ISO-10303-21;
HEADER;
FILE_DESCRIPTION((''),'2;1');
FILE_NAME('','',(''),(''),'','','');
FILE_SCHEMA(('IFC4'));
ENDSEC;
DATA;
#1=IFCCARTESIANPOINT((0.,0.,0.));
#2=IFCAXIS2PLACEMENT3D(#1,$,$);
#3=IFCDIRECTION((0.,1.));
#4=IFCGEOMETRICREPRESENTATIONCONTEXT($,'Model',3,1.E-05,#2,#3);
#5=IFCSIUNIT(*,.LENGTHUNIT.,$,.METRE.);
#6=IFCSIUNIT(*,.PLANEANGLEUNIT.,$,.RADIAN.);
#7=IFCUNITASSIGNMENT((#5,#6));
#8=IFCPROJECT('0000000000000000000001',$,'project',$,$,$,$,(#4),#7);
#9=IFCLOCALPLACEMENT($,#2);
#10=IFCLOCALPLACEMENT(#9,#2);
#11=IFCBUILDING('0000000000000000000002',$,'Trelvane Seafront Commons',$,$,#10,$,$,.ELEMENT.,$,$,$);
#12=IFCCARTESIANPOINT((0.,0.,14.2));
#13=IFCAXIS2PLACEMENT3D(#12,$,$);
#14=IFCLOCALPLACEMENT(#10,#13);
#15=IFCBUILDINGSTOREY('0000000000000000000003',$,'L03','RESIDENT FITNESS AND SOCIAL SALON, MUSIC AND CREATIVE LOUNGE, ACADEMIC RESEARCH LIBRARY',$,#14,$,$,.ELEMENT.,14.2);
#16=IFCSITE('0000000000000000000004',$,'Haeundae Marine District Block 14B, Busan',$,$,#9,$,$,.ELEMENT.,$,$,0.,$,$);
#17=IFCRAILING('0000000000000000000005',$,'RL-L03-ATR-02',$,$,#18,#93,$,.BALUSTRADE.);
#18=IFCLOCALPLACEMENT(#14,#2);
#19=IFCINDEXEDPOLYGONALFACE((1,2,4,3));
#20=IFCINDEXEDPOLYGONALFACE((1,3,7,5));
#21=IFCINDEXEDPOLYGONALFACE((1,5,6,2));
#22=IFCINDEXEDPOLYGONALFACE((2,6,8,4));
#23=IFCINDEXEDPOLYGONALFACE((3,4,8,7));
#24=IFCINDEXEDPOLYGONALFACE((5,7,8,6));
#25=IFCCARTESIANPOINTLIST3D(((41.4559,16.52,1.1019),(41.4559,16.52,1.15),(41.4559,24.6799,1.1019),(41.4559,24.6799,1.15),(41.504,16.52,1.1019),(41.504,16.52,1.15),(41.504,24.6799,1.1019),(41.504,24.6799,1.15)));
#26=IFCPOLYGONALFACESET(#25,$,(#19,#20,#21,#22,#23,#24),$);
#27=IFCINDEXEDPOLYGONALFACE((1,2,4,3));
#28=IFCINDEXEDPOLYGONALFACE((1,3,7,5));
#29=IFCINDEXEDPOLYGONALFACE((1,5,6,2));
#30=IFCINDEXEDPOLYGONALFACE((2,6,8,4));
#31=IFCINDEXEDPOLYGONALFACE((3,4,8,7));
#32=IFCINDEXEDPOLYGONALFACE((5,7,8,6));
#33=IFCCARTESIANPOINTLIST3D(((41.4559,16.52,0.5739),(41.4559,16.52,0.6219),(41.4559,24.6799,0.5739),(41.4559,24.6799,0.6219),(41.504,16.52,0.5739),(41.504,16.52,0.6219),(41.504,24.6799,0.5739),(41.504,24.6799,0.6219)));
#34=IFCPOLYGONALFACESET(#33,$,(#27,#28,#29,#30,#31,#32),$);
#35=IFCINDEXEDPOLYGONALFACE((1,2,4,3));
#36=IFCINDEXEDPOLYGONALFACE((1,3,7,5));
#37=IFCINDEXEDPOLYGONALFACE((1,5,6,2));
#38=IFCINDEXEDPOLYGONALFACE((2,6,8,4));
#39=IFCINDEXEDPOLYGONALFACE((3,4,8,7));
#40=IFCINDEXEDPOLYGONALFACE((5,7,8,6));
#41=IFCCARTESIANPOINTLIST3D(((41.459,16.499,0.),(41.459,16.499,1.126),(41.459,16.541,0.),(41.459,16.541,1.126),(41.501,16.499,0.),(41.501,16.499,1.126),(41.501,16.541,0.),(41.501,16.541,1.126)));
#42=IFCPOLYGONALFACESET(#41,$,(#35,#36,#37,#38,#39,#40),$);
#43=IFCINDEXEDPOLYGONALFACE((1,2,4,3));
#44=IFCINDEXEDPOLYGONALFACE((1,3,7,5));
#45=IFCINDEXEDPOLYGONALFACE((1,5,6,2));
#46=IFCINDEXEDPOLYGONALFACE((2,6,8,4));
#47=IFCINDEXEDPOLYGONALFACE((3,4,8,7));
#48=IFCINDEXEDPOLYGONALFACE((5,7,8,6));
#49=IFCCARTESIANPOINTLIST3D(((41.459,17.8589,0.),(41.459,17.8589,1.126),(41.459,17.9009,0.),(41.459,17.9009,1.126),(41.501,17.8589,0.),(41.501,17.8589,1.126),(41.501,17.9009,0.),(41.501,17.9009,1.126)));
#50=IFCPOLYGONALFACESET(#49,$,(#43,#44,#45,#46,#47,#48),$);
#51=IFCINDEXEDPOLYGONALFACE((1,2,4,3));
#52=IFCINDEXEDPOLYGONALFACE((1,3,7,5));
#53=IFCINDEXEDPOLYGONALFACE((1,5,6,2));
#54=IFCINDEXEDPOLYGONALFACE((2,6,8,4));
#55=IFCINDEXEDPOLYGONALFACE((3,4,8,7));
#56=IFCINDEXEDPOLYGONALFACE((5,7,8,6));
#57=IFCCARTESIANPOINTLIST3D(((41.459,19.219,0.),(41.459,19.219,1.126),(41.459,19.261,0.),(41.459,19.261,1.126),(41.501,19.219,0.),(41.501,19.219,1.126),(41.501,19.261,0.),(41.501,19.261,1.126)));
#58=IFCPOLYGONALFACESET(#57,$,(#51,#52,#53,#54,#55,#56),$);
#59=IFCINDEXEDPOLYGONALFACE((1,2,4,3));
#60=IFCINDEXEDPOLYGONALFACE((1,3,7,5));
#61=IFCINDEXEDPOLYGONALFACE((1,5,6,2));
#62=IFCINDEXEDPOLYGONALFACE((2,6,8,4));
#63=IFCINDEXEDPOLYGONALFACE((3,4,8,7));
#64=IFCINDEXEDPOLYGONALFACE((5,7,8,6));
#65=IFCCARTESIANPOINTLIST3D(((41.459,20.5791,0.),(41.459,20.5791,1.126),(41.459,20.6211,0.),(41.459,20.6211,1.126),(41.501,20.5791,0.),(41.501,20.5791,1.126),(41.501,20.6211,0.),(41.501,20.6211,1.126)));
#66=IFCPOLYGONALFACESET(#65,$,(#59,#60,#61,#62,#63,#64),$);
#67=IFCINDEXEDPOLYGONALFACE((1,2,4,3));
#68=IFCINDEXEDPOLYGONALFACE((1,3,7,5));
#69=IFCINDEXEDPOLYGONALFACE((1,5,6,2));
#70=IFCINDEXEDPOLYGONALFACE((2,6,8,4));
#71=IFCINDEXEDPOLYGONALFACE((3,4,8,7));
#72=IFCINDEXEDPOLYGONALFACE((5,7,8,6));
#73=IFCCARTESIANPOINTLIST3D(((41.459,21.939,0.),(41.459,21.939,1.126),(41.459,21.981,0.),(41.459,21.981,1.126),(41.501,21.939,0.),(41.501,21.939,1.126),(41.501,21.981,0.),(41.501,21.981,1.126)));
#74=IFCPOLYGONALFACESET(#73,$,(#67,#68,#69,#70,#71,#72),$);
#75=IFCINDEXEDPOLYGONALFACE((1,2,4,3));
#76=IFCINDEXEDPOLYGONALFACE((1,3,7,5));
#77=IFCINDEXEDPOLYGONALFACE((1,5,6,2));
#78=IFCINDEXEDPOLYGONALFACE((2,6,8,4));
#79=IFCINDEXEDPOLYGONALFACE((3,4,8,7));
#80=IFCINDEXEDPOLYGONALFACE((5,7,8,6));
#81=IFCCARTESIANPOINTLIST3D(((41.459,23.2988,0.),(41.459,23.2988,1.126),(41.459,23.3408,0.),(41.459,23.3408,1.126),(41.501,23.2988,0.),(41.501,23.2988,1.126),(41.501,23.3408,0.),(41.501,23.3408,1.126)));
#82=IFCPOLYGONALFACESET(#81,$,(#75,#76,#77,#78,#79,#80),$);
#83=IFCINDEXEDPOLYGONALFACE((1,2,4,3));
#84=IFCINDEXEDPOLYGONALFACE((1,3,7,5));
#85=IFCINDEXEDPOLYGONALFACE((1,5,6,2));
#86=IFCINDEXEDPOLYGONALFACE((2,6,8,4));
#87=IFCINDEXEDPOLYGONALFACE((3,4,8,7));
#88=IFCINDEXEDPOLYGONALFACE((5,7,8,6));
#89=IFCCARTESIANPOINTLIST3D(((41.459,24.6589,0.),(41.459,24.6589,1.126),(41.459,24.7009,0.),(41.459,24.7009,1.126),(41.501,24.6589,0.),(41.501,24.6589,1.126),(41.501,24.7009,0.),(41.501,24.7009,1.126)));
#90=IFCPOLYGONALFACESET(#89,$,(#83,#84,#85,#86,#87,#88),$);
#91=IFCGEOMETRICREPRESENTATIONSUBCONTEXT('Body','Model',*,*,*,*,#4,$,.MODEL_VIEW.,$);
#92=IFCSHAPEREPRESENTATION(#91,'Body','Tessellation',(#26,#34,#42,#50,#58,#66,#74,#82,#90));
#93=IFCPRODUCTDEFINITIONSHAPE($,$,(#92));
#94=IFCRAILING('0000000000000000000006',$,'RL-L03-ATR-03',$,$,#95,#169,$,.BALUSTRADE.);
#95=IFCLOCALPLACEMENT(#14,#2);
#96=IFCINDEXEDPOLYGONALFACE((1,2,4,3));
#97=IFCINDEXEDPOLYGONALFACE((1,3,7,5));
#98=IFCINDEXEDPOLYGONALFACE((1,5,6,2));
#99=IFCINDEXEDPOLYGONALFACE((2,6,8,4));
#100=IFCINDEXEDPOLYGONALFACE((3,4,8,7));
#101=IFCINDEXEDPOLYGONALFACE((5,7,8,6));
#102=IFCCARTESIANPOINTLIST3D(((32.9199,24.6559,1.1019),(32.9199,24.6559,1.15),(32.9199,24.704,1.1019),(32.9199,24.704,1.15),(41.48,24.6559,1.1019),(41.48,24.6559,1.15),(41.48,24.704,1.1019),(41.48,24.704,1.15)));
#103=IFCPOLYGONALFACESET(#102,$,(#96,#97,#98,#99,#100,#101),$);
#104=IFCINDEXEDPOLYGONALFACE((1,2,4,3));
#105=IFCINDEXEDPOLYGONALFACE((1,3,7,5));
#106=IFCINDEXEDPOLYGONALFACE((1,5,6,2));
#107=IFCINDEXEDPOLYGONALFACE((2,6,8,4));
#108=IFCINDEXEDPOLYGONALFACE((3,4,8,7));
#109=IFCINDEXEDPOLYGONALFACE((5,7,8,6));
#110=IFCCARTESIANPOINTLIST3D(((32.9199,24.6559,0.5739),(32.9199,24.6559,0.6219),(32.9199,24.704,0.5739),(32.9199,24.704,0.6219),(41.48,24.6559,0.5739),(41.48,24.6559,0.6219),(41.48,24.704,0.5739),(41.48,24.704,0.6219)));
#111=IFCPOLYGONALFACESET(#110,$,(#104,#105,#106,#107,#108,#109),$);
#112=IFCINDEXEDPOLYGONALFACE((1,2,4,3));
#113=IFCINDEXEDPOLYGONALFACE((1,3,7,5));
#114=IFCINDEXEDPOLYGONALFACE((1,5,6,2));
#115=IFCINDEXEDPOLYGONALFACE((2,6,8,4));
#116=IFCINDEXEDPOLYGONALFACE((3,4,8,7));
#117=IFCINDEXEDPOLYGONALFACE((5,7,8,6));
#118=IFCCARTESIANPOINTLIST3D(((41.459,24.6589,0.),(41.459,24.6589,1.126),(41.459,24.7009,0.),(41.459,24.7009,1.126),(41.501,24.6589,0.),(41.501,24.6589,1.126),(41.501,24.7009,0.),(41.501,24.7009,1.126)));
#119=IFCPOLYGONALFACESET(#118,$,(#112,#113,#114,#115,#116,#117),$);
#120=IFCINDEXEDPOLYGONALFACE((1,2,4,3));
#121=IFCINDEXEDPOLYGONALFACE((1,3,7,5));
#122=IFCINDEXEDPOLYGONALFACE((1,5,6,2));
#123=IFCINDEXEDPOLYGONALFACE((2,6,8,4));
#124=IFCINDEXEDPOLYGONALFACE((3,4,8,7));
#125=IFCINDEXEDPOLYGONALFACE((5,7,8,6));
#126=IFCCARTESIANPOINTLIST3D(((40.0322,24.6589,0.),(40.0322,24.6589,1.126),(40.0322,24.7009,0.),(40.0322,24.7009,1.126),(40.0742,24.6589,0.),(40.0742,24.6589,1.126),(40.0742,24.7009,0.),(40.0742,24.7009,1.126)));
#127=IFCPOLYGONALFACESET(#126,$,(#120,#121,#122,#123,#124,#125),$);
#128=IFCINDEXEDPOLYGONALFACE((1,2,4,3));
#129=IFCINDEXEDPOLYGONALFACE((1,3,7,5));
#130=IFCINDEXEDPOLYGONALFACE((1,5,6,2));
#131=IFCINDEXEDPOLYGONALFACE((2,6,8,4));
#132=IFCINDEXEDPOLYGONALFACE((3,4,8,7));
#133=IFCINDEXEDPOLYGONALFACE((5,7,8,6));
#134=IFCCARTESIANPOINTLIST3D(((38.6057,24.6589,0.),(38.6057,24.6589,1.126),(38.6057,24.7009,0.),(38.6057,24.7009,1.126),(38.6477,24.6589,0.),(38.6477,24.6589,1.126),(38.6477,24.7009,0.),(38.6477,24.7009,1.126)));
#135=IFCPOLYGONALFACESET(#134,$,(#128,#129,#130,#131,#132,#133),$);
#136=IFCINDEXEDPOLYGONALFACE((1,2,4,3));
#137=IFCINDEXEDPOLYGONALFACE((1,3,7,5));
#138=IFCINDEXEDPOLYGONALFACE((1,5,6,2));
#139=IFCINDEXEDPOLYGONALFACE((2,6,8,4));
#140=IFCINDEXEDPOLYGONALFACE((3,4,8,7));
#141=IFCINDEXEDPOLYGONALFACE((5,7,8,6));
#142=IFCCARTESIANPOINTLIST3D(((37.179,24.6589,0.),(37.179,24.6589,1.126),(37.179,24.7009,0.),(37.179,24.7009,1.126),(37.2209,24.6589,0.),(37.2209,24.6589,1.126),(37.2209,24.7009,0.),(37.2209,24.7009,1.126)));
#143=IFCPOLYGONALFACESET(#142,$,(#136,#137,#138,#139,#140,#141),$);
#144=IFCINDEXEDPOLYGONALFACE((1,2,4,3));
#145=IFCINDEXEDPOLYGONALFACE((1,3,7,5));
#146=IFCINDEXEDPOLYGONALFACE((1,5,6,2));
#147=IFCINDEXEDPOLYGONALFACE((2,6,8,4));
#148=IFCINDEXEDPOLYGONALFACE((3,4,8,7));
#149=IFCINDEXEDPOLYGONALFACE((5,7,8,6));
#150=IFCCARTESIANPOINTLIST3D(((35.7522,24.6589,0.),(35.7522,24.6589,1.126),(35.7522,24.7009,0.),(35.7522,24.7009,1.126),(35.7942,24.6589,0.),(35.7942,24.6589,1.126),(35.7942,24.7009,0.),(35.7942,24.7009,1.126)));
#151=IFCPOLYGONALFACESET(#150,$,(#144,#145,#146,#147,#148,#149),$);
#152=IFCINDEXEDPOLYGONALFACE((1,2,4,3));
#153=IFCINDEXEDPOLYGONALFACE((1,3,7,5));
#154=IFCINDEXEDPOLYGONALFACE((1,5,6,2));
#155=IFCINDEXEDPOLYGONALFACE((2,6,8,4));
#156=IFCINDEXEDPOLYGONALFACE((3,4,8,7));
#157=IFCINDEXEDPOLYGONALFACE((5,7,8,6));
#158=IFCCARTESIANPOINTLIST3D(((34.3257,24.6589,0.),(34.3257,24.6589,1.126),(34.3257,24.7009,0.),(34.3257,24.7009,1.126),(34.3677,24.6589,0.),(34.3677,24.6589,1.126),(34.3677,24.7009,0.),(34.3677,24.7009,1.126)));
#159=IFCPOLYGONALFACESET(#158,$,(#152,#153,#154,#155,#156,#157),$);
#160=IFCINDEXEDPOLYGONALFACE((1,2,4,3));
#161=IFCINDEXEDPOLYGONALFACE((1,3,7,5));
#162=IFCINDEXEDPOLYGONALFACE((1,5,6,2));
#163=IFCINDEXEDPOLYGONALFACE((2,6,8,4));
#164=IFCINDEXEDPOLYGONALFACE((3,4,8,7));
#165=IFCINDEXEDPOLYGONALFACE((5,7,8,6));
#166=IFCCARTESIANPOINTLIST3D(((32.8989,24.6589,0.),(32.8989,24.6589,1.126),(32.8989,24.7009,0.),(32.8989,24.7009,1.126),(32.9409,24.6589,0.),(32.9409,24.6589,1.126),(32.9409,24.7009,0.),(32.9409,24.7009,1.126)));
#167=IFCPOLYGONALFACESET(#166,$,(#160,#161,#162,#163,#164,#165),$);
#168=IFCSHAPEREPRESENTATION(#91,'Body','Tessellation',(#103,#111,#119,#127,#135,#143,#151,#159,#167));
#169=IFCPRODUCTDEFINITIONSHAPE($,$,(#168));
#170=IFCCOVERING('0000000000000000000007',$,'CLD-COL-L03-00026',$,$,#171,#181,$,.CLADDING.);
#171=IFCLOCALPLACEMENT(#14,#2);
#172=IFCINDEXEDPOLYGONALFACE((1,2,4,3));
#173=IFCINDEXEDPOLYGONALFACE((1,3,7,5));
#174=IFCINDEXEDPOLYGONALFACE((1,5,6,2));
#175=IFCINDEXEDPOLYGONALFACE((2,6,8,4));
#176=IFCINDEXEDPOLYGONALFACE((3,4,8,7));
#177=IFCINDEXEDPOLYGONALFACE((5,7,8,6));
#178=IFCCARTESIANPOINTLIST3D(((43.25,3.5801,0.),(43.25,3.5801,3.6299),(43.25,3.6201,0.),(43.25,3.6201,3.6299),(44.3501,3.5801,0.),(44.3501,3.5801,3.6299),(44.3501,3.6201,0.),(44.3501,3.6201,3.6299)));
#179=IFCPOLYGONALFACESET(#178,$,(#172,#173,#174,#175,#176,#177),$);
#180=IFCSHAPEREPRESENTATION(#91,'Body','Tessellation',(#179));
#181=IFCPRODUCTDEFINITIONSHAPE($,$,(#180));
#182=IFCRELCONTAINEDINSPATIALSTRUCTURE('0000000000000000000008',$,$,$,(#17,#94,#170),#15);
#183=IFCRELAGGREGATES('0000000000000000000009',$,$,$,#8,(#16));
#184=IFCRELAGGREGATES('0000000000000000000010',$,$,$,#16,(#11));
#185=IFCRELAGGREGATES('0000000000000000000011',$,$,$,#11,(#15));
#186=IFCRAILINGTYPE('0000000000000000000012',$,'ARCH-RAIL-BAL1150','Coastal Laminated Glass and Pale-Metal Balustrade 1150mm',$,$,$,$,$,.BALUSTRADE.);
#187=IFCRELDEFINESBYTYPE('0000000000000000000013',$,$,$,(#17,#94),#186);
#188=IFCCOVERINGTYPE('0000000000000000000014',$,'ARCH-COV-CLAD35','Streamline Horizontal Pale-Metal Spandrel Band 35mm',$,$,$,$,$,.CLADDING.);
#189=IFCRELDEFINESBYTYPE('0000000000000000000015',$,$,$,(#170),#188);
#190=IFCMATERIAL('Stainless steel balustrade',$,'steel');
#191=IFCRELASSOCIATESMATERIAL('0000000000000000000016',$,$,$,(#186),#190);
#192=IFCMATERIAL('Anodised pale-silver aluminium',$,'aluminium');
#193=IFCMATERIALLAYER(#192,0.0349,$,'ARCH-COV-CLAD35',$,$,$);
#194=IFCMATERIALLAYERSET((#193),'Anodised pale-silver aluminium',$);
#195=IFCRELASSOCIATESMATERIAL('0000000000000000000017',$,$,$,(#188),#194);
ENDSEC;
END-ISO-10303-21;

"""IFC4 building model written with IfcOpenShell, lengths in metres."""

from ifc_helpers import new_model, si_unit, direction, frame, origin, origin_2d, place, context, subcontext, project, spatial, rectangle, extrude, source, transform, mapped, material, layer, layer_set, type_object, element, save


model = new_model("IFC4")

# Units and contexts
model_context = context("Model", 3, precision=1e-05, world=origin(), true_north=direction((0.0, 1.0)))
body_context = subcontext(model_context, "Body", "Model", "MODEL_VIEW")
ifc_project = project(units=[si_unit("LENGTHUNIT", "METRE"), si_unit("PLANEANGLEUNIT", "RADIAN")], contexts=[model_context])

# Site, building, storey
site_placement = place(None, origin())
site = spatial("IfcSite", under=ifc_project, at=site_placement, Name="Haeundae Marine District Block 14B, Busan", CompositionType="ELEMENT", RefElevation=0.0)
building_placement = place(site_placement, origin())
building = spatial("IfcBuilding", under=site, at=building_placement, Name="Trelvane Seafront Commons", CompositionType="ELEMENT")
storey_placement = place(building_placement, frame((0.0, 0.0, 14.2)))
storey = spatial("IfcBuildingStorey", under=building, at=storey_placement, Name="L03", Description="RESIDENT FITNESS AND SOCIAL SALON, MUSIC AND CREATIVE LOUNGE, ACADEMIC RESEARCH LIBRARY", CompositionType="ELEMENT", Elevation=14.2)

# Shared definitions
ifc_material_1 = material(Name="Anodised pale-silver aluminium", Category="aluminium")

# Railings
ifc_material_2 = material(Name="Stainless steel balustrade", Category="steel")
railing_type = type_object("IfcRailingType", Name="ARCH-RAIL-BAL1150", Description="Coastal Laminated Glass and Pale-Metal Balustrade 1150mm", PredefinedType="BALUSTRADE", material=ifc_material_2)
railing_1_placement = place(storey_placement, frame((41.48, 16.52, 0.0)))
element("IfcRailing", 1, at=railing_1_placement, inside=storey, type_object=railing_type, Name="RL-L03-ATR-02", PredefinedType="BALUSTRADE", context=body_context, shape_type="SweptSolid", body=[
    extrude(rectangle(XDim=0.0481, YDim=0.0481, at=origin_2d()), frame((0.0, 0.0, 1.126), z_axis=(0.0, 1.0, 0.0), x_axis=(-1.0, 0.0, 0.0)), (0.0, 0.0, 1.0), 8.1599),
    extrude(rectangle(XDim=0.0481, YDim=0.0481, at=origin_2d()), frame((0.0, 0.0, 0.5979), z_axis=(0.0, 1.0, 0.0), x_axis=(-1.0, 0.0, 0.0)), (0.0, 0.0, 1.0), 8.1599),
    extrude(rectangle(XDim=0.042, YDim=0.042, at=origin_2d()), origin(), (0.0, 0.0, 1.0), 1.126),
    extrude(rectangle(XDim=0.042, YDim=0.042, at=origin_2d()), frame((0.0, 1.3599, 0.0)), (0.0, 0.0, 1.0), 1.126),
    extrude(rectangle(XDim=0.042, YDim=0.042, at=origin_2d()), frame((0.0, 2.72, 0.0)), (0.0, 0.0, 1.0), 1.126),
    extrude(rectangle(XDim=0.042, YDim=0.042, at=origin_2d()), frame((0.0, 4.0801, 0.0)), (0.0, 0.0, 1.0), 1.126),
    extrude(rectangle(XDim=0.042, YDim=0.042, at=origin_2d()), frame((0.0, 5.4399, 0.0)), (0.0, 0.0, 1.0), 1.126),
    extrude(rectangle(XDim=0.042, YDim=0.042, at=origin_2d()), frame((0.0, 6.7998, 0.0)), (0.0, 0.0, 1.0), 1.126),
    extrude(rectangle(XDim=0.042, YDim=0.042, at=origin_2d()), frame((0.0, 8.1599, 0.0)), (0.0, 0.0, 1.0), 1.126),
])
railing_2_placement = place(storey_placement, frame((41.48, 24.6799, 0.0)))
element("IfcRailing", 2, at=railing_2_placement, inside=storey, type_object=railing_type, Name="RL-L03-ATR-03", PredefinedType="BALUSTRADE", context=body_context, shape_type="SweptSolid", body=[
    extrude(rectangle(XDim=0.0481, YDim=0.0481, at=origin_2d()), frame((0.0, 0.0, 1.126), z_axis=(-1.0, 0.0, 0.0), x_axis=(0.0, -1.0, 0.0)), (0.0, 0.0, 1.0), 8.5601),
    extrude(rectangle(XDim=0.0481, YDim=0.0481, at=origin_2d()), frame((0.0, 0.0, 0.5979), z_axis=(-1.0, 0.0, 0.0), x_axis=(0.0, -1.0, 0.0)), (0.0, 0.0, 1.0), 8.5601),
    extrude(rectangle(XDim=0.042, YDim=0.042, at=origin_2d()), origin(), (0.0, 0.0, 1.0), 1.126),
    extrude(rectangle(XDim=0.042, YDim=0.042, at=origin_2d()), frame((-1.4268, 0.0, 0.0)), (0.0, 0.0, 1.0), 1.126),
    extrude(rectangle(XDim=0.042, YDim=0.042, at=origin_2d()), frame((-2.8533, 0.0, 0.0)), (0.0, 0.0, 1.0), 1.126),
    extrude(rectangle(XDim=0.042, YDim=0.042, at=origin_2d()), frame((-4.28, 0.0, 0.0)), (0.0, 0.0, 1.0), 1.126),
    extrude(rectangle(XDim=0.042, YDim=0.042, at=origin_2d()), frame((-5.7068, 0.0, 0.0)), (0.0, 0.0, 1.0), 1.126),
    extrude(rectangle(XDim=0.042, YDim=0.042, at=origin_2d()), frame((-7.1333, 0.0, 0.0)), (0.0, 0.0, 1.0), 1.126),
    extrude(rectangle(XDim=0.042, YDim=0.042, at=origin_2d()), frame((-8.5601, 0.0, 0.0)), (0.0, 0.0, 1.0), 1.126),
])

# Covering
ifc_layer_1 = layer(ifc_material_1, 0.0349, Name="ARCH-COV-CLAD35")
ifc_layer_set_1 = layer_set([ifc_layer_1], Name="Anodised pale-silver aluminium")
covering_type = type_object("IfcCoveringType", Name="ARCH-COV-CLAD35", Description="Streamline Horizontal Pale-Metal Spandrel Band 35mm", PredefinedType="CLADDING", material=ifc_layer_set_1)
shared_shape_1 = source(origin(), body_context, "Body", "SweptSolid", [
    extrude(rectangle(XDim=1.1001, YDim=0.04, at=origin_2d()), origin(), (0.0, 0.0, 1.0), 3.6299),
])
covering_placement = place(storey_placement, frame((43.8, 3.6001, 0.0), z_axis=(0.0, 0.0, 1.0), x_axis=(-1.0, 0.0, 0.0)))
element("IfcCovering", 3, at=covering_placement, inside=storey, type_object=covering_type, Name="CLD-COL-L03-00026", PredefinedType="CLADDING", context=body_context, shape_type="MappedRepresentation", body=[
    mapped(shared_shape_1, transform((0.0, 0.0, 0.0), x_axis=(1.0, 0.0, 0.0), y_axis=(0.0, 1.0, 0.0), z_axis=(0.0, 0.0, 1.0), scale=1.0)),
])

save(model, "model.ifc")
